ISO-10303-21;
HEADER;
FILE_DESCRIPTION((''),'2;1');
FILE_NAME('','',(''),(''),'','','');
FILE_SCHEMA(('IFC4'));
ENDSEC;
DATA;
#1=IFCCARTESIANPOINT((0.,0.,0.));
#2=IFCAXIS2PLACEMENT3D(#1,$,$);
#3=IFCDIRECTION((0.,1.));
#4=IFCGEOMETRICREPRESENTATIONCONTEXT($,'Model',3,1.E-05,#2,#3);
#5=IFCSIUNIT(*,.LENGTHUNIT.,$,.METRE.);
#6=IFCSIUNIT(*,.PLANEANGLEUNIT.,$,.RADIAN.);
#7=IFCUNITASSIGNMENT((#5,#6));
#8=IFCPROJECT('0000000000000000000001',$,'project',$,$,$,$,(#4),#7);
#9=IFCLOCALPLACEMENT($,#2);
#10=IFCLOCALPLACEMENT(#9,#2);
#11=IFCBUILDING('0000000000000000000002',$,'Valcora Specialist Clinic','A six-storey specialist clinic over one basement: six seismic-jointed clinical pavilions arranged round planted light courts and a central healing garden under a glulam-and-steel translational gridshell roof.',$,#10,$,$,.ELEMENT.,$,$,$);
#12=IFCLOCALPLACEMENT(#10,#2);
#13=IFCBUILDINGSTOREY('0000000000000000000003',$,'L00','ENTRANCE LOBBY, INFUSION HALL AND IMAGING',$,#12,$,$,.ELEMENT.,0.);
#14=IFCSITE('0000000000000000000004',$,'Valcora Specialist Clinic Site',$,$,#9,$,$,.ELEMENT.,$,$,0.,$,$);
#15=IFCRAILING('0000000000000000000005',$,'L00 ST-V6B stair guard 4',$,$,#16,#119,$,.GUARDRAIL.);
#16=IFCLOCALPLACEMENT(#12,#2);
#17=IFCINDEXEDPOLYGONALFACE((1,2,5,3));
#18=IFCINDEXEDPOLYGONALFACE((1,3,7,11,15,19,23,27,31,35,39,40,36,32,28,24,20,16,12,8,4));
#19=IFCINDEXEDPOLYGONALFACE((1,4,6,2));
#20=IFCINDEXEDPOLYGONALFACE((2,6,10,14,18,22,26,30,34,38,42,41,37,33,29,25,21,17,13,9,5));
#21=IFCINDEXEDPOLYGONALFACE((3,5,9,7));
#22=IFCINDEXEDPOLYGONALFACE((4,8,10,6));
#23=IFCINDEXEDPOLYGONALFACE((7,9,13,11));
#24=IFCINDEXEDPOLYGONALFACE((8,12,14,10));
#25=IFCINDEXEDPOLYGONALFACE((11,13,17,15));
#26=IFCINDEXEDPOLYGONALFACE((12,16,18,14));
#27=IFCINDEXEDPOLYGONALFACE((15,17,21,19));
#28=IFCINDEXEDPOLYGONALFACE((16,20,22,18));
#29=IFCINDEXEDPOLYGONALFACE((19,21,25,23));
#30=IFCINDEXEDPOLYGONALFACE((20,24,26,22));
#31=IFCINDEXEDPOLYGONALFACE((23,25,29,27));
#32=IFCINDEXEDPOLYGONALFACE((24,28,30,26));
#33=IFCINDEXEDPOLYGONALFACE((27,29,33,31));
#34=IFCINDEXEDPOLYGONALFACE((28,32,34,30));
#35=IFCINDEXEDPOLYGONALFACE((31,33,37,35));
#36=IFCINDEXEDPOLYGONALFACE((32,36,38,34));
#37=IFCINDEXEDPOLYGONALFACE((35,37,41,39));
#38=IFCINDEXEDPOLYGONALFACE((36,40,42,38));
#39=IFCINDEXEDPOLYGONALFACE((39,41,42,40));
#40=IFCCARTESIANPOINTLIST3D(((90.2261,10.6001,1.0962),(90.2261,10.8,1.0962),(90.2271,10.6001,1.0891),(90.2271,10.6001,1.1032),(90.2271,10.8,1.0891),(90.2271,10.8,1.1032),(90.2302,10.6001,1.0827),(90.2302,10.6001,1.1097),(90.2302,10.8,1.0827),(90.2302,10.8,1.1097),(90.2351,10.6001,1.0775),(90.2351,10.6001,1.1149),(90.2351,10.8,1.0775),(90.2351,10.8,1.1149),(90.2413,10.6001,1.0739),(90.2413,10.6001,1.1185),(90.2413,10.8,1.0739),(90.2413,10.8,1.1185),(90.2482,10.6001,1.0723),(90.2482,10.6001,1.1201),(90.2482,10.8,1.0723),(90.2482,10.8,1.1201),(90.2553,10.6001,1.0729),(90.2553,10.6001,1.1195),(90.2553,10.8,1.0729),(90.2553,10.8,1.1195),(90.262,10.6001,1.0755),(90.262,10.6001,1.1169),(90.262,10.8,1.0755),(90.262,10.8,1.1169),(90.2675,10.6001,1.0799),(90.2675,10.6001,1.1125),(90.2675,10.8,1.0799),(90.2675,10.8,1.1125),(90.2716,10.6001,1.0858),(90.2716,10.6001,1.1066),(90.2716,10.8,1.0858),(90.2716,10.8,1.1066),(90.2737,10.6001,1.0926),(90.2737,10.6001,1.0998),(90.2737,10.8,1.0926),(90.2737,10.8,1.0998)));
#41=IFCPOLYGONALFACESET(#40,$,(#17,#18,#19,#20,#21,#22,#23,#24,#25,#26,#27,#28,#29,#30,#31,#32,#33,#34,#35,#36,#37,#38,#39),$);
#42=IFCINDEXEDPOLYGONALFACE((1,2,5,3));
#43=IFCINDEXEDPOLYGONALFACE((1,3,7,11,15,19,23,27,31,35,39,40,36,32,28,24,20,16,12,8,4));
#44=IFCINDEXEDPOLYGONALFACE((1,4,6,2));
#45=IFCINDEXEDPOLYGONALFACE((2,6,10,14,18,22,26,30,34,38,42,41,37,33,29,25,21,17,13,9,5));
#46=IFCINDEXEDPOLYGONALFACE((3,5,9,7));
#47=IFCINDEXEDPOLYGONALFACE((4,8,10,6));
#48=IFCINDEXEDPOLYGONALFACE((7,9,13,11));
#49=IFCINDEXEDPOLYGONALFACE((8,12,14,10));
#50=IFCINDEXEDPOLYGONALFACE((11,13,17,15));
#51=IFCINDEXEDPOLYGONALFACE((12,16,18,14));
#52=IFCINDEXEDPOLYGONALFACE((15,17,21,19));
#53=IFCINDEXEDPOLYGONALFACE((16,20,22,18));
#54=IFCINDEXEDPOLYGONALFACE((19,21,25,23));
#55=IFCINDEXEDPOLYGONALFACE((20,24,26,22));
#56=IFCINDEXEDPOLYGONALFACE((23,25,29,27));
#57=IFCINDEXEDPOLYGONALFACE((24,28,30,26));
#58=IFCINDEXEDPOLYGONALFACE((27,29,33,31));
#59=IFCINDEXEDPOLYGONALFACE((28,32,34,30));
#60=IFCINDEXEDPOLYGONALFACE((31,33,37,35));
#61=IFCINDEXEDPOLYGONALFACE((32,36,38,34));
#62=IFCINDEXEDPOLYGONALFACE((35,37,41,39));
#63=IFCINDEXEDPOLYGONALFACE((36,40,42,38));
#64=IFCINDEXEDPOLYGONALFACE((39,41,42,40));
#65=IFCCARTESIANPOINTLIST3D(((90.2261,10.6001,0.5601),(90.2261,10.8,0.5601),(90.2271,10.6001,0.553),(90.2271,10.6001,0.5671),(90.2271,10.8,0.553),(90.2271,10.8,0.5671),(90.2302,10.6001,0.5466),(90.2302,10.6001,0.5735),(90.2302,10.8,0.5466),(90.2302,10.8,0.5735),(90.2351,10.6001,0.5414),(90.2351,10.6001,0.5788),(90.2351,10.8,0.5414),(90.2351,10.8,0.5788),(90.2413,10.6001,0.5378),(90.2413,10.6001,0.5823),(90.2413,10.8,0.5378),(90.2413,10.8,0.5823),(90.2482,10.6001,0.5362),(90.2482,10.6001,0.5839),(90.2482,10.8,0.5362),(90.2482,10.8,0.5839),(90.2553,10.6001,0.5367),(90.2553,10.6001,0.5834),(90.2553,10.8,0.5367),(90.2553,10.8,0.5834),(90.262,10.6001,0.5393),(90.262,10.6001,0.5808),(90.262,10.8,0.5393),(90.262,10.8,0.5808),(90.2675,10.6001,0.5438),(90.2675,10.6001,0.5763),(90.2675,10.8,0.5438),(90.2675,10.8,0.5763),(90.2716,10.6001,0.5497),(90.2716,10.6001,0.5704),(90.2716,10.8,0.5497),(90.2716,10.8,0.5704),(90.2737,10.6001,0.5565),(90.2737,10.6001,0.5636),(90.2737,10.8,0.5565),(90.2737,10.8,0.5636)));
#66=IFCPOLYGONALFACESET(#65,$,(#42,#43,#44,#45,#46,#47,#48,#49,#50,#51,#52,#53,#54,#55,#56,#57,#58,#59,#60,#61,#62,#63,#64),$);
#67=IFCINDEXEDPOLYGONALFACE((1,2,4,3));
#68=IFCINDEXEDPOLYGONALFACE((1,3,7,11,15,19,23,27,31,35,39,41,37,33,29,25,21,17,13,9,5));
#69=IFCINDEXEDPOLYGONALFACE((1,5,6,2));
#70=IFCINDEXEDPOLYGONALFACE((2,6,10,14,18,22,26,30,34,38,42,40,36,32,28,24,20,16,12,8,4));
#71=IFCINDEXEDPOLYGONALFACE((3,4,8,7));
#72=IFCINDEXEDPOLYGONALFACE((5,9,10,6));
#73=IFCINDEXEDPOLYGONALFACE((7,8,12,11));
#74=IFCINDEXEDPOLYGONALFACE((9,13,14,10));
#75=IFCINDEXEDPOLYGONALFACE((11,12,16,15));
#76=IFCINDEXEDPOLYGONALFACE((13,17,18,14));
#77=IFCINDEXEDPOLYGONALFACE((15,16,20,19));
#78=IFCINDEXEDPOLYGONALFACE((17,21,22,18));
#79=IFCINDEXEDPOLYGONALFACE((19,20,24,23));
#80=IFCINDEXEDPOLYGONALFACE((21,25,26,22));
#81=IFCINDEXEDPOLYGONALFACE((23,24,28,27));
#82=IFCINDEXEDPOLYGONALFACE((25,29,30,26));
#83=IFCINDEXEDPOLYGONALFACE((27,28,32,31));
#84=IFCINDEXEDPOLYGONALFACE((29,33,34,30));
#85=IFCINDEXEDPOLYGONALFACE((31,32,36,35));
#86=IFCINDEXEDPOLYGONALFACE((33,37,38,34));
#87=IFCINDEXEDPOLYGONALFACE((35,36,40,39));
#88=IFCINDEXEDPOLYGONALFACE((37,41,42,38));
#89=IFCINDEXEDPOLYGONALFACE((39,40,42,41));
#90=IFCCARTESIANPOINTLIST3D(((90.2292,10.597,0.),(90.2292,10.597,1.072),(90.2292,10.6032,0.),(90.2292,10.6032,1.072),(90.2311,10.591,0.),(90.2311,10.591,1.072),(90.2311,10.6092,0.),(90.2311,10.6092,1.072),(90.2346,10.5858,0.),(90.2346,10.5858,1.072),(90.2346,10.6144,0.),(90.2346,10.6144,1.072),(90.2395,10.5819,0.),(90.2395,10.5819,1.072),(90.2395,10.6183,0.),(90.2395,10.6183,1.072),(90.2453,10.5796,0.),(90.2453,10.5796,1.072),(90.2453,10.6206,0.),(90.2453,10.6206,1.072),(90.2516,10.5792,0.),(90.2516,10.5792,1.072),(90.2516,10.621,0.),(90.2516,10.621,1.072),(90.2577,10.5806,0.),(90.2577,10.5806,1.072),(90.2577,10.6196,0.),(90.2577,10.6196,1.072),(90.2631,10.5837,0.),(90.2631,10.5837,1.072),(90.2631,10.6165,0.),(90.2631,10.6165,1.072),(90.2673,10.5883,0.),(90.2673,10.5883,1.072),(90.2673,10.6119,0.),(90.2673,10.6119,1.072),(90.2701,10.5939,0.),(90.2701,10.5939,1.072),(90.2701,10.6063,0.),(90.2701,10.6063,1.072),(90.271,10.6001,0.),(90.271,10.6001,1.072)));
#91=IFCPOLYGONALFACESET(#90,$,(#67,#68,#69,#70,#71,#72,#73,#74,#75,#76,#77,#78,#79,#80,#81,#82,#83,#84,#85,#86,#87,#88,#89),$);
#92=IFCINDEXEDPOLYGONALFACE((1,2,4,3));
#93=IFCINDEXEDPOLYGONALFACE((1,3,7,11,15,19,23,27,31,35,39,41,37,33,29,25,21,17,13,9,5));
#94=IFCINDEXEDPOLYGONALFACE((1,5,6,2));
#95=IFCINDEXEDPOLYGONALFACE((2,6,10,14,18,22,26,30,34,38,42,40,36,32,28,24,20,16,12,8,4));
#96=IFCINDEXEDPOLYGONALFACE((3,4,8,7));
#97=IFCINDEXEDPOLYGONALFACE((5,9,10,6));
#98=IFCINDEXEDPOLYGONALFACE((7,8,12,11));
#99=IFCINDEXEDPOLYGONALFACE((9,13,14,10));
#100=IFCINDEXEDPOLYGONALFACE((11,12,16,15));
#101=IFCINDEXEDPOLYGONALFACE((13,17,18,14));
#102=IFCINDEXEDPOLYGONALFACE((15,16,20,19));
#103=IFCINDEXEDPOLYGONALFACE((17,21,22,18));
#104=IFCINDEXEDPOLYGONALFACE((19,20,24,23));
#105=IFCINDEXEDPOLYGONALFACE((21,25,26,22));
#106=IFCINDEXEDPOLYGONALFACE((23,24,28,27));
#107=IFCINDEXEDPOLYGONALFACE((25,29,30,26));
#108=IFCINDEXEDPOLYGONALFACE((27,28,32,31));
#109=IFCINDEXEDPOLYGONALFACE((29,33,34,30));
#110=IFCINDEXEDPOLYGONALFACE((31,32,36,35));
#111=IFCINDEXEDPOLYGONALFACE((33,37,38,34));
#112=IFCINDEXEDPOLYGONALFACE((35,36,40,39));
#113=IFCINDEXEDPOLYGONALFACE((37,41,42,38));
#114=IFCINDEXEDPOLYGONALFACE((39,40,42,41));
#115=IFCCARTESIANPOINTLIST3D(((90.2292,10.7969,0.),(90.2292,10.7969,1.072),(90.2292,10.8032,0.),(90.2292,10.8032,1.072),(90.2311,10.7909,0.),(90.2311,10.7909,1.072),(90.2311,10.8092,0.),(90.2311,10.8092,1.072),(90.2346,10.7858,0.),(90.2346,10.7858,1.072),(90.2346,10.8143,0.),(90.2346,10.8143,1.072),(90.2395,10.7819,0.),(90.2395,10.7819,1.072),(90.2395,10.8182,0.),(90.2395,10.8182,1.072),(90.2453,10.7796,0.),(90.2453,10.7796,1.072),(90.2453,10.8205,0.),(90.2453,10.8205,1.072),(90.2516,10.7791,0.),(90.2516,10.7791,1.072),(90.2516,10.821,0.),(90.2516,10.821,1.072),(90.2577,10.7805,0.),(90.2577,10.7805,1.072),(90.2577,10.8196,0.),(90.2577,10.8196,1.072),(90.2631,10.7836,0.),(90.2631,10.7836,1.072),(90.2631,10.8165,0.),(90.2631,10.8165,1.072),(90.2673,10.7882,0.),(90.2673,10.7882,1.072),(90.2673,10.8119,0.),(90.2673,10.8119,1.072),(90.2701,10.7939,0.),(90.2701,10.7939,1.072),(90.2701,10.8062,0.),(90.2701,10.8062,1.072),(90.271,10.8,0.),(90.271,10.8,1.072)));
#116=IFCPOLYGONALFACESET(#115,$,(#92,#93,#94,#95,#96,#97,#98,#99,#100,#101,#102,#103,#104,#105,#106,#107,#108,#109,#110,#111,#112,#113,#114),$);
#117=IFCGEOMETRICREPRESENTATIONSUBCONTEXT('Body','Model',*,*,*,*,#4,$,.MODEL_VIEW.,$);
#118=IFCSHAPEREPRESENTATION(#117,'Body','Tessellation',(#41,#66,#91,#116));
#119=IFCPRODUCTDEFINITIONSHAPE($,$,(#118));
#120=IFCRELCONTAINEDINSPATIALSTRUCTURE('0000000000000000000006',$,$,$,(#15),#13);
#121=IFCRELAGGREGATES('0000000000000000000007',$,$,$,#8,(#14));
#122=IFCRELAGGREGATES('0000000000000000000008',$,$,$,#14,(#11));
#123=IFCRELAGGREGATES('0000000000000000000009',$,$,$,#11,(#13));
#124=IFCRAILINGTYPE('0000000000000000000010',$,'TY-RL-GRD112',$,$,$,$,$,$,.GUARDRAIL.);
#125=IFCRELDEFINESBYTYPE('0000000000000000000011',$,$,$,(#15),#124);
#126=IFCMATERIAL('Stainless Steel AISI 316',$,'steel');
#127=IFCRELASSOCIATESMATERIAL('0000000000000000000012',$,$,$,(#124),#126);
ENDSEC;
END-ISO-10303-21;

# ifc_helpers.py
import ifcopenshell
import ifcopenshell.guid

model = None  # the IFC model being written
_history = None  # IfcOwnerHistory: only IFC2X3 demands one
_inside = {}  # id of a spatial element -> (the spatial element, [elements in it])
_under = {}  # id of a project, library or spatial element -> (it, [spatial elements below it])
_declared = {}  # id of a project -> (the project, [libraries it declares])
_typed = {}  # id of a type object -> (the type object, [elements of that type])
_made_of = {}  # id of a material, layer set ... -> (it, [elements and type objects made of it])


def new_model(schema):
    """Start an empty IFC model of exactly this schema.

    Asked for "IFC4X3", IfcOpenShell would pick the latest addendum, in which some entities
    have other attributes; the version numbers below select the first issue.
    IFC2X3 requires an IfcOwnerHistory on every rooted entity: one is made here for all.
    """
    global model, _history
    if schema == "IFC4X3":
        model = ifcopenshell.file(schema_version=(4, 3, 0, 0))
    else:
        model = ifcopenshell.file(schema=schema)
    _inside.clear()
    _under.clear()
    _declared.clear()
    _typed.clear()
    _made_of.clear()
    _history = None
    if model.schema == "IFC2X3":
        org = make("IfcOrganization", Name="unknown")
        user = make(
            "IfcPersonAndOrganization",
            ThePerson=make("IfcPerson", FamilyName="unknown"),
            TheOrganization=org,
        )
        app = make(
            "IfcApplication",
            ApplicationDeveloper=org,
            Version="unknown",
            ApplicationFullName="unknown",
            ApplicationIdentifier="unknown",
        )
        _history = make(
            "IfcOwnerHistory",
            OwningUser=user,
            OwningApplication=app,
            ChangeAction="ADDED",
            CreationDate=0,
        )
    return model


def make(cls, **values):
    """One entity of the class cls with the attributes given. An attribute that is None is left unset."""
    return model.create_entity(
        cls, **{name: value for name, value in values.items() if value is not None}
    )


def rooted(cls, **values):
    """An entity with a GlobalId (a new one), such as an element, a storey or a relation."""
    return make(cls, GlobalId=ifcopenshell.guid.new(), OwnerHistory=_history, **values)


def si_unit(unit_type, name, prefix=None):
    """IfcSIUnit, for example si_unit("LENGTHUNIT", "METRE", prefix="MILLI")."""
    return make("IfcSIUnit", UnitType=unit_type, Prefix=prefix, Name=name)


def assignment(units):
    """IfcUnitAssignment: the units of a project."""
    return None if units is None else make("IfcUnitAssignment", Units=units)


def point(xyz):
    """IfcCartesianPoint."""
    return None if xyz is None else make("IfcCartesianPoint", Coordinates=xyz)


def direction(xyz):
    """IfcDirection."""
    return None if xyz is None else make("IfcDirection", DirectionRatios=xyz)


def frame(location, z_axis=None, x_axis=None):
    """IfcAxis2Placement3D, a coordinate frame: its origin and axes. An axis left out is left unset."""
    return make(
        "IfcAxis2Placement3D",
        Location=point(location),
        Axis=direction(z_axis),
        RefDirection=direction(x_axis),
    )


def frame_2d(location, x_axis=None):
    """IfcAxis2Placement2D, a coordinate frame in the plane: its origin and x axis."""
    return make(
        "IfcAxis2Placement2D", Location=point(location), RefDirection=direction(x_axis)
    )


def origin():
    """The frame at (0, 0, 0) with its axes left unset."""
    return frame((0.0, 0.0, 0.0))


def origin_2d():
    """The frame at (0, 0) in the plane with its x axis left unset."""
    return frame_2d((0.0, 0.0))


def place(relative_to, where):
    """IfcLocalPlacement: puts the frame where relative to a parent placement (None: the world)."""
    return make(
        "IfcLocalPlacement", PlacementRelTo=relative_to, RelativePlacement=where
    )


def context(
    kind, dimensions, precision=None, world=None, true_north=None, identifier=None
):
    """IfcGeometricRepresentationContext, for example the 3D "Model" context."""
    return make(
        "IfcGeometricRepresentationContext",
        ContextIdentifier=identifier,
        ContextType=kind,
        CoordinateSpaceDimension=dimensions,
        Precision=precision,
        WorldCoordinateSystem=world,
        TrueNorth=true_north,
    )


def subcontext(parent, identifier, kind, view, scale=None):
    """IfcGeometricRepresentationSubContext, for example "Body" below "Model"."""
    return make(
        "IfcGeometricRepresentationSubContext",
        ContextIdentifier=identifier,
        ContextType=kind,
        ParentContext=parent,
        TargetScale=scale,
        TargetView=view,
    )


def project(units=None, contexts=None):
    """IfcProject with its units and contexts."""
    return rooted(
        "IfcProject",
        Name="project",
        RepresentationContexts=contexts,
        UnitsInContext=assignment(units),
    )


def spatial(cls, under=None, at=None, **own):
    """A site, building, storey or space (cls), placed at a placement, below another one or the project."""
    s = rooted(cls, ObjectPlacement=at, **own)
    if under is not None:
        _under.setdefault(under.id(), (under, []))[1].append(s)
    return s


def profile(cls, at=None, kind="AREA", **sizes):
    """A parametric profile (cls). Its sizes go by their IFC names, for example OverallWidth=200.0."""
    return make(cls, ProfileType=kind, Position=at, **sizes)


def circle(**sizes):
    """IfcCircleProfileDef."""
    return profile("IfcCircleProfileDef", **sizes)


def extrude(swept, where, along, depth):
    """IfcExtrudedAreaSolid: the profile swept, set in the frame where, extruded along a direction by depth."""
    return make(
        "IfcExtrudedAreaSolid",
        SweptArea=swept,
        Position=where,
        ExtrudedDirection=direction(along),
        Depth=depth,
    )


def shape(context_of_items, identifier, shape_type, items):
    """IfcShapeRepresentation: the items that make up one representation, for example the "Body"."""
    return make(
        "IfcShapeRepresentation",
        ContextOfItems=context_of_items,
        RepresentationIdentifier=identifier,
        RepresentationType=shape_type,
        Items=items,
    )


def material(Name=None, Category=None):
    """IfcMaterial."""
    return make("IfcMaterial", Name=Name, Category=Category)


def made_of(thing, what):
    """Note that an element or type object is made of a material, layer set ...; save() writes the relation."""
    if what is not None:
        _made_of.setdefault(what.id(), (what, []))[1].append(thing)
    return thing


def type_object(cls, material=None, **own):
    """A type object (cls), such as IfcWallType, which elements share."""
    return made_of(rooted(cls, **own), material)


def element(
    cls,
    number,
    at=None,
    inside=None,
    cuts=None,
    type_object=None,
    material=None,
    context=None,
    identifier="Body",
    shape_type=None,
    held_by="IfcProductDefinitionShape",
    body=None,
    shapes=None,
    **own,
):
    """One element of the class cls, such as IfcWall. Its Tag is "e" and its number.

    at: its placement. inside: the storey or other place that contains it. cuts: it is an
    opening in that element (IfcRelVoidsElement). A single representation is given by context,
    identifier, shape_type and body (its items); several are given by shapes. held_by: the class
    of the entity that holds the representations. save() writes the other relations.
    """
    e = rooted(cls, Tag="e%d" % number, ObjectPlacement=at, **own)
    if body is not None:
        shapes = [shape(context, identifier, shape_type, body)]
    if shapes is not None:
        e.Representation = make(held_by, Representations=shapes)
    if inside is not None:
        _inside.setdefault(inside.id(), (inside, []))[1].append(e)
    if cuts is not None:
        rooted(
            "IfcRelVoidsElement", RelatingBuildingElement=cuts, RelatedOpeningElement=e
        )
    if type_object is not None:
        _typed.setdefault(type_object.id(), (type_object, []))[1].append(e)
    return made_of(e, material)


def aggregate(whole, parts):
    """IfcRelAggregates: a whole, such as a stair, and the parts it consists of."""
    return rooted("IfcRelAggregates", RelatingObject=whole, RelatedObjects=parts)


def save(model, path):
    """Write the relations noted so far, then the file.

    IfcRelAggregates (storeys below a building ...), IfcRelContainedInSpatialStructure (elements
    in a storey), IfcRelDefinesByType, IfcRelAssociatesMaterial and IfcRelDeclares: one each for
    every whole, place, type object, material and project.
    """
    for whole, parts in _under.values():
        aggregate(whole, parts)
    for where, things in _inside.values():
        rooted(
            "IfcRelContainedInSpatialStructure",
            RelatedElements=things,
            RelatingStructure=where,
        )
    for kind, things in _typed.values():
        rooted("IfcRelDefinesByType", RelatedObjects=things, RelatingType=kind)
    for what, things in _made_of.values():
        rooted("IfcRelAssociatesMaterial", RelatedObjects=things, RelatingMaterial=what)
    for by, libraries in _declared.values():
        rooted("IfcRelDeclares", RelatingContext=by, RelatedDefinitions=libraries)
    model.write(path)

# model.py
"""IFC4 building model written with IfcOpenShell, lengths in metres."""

from ifc_helpers import new_model, si_unit, direction, frame, origin, origin_2d, place, context, subcontext, project, spatial, circle, extrude, material, type_object, element, save


model = new_model("IFC4")

# Units and contexts
model_context = context("Model", 3, precision=1e-05, world=origin(), true_north=direction((0.0, 1.0)))
body_context = subcontext(model_context, "Body", "Model", "MODEL_VIEW")
ifc_project = project(units=[si_unit("LENGTHUNIT", "METRE"), si_unit("PLANEANGLEUNIT", "RADIAN")], contexts=[model_context])

# Site, building, storey
site_placement = place(None, origin())
site = spatial("IfcSite", under=ifc_project, at=site_placement, Name="Valcora Specialist Clinic Site", CompositionType="ELEMENT", RefElevation=0.0)
building_placement = place(site_placement, origin())
building = spatial("IfcBuilding", under=site, at=building_placement, Name="Valcora Specialist Clinic", Description="A six-storey specialist clinic over one basement: six seismic-jointed clinical pavilions arranged round planted light courts and a central healing garden under a glulam-and-steel translational gridshell roof.", CompositionType="ELEMENT")
storey_placement = place(building_placement, origin())
storey = spatial("IfcBuildingStorey", under=building, at=storey_placement, Name="L00", Description="ENTRANCE LOBBY, INFUSION HALL AND IMAGING", CompositionType="ELEMENT", Elevation=0.0)

# Shared definitions
ifc_material_1 = material(Name="Stainless Steel AISI 316", Category="steel")

# Railing
railing_type_1 = type_object("IfcRailingType", Name="TY-RL-GRD112", PredefinedType="GUARDRAIL", material=ifc_material_1)
railing_1_placement = place(storey_placement, frame((90.25, 10.6001, 0.0)))
element("IfcRailing", 1, at=railing_1_placement, inside=storey, type_object=railing_type_1, Name="L00 ST-V6B stair guard 4", PredefinedType="GUARDRAIL", context=body_context, shape_type="SweptSolid", body=[
    extrude(circle(Radius=0.0239, at=origin_2d()), frame((0.0, 0.0, 1.0962), z_axis=(0.0, 1.0, 0.0), x_axis=(-1.0, 0.0, 0.0)), (0.0, 0.0, 1.0), 0.2),
    extrude(circle(Radius=0.0239, at=origin_2d()), frame((0.0, 0.0, 0.5601), z_axis=(0.0, 1.0, 0.0), x_axis=(-1.0, 0.0, 0.0)), (0.0, 0.0, 1.0), 0.2),
    extrude(circle(Radius=0.021, at=origin_2d()), origin(), (0.0, 0.0, 1.0), 1.072),
    extrude(circle(Radius=0.021, at=origin_2d()), frame((0.0, 0.2, 0.0)), (0.0, 0.0, 1.0), 1.072),
])

save(model, "model.ifc")
